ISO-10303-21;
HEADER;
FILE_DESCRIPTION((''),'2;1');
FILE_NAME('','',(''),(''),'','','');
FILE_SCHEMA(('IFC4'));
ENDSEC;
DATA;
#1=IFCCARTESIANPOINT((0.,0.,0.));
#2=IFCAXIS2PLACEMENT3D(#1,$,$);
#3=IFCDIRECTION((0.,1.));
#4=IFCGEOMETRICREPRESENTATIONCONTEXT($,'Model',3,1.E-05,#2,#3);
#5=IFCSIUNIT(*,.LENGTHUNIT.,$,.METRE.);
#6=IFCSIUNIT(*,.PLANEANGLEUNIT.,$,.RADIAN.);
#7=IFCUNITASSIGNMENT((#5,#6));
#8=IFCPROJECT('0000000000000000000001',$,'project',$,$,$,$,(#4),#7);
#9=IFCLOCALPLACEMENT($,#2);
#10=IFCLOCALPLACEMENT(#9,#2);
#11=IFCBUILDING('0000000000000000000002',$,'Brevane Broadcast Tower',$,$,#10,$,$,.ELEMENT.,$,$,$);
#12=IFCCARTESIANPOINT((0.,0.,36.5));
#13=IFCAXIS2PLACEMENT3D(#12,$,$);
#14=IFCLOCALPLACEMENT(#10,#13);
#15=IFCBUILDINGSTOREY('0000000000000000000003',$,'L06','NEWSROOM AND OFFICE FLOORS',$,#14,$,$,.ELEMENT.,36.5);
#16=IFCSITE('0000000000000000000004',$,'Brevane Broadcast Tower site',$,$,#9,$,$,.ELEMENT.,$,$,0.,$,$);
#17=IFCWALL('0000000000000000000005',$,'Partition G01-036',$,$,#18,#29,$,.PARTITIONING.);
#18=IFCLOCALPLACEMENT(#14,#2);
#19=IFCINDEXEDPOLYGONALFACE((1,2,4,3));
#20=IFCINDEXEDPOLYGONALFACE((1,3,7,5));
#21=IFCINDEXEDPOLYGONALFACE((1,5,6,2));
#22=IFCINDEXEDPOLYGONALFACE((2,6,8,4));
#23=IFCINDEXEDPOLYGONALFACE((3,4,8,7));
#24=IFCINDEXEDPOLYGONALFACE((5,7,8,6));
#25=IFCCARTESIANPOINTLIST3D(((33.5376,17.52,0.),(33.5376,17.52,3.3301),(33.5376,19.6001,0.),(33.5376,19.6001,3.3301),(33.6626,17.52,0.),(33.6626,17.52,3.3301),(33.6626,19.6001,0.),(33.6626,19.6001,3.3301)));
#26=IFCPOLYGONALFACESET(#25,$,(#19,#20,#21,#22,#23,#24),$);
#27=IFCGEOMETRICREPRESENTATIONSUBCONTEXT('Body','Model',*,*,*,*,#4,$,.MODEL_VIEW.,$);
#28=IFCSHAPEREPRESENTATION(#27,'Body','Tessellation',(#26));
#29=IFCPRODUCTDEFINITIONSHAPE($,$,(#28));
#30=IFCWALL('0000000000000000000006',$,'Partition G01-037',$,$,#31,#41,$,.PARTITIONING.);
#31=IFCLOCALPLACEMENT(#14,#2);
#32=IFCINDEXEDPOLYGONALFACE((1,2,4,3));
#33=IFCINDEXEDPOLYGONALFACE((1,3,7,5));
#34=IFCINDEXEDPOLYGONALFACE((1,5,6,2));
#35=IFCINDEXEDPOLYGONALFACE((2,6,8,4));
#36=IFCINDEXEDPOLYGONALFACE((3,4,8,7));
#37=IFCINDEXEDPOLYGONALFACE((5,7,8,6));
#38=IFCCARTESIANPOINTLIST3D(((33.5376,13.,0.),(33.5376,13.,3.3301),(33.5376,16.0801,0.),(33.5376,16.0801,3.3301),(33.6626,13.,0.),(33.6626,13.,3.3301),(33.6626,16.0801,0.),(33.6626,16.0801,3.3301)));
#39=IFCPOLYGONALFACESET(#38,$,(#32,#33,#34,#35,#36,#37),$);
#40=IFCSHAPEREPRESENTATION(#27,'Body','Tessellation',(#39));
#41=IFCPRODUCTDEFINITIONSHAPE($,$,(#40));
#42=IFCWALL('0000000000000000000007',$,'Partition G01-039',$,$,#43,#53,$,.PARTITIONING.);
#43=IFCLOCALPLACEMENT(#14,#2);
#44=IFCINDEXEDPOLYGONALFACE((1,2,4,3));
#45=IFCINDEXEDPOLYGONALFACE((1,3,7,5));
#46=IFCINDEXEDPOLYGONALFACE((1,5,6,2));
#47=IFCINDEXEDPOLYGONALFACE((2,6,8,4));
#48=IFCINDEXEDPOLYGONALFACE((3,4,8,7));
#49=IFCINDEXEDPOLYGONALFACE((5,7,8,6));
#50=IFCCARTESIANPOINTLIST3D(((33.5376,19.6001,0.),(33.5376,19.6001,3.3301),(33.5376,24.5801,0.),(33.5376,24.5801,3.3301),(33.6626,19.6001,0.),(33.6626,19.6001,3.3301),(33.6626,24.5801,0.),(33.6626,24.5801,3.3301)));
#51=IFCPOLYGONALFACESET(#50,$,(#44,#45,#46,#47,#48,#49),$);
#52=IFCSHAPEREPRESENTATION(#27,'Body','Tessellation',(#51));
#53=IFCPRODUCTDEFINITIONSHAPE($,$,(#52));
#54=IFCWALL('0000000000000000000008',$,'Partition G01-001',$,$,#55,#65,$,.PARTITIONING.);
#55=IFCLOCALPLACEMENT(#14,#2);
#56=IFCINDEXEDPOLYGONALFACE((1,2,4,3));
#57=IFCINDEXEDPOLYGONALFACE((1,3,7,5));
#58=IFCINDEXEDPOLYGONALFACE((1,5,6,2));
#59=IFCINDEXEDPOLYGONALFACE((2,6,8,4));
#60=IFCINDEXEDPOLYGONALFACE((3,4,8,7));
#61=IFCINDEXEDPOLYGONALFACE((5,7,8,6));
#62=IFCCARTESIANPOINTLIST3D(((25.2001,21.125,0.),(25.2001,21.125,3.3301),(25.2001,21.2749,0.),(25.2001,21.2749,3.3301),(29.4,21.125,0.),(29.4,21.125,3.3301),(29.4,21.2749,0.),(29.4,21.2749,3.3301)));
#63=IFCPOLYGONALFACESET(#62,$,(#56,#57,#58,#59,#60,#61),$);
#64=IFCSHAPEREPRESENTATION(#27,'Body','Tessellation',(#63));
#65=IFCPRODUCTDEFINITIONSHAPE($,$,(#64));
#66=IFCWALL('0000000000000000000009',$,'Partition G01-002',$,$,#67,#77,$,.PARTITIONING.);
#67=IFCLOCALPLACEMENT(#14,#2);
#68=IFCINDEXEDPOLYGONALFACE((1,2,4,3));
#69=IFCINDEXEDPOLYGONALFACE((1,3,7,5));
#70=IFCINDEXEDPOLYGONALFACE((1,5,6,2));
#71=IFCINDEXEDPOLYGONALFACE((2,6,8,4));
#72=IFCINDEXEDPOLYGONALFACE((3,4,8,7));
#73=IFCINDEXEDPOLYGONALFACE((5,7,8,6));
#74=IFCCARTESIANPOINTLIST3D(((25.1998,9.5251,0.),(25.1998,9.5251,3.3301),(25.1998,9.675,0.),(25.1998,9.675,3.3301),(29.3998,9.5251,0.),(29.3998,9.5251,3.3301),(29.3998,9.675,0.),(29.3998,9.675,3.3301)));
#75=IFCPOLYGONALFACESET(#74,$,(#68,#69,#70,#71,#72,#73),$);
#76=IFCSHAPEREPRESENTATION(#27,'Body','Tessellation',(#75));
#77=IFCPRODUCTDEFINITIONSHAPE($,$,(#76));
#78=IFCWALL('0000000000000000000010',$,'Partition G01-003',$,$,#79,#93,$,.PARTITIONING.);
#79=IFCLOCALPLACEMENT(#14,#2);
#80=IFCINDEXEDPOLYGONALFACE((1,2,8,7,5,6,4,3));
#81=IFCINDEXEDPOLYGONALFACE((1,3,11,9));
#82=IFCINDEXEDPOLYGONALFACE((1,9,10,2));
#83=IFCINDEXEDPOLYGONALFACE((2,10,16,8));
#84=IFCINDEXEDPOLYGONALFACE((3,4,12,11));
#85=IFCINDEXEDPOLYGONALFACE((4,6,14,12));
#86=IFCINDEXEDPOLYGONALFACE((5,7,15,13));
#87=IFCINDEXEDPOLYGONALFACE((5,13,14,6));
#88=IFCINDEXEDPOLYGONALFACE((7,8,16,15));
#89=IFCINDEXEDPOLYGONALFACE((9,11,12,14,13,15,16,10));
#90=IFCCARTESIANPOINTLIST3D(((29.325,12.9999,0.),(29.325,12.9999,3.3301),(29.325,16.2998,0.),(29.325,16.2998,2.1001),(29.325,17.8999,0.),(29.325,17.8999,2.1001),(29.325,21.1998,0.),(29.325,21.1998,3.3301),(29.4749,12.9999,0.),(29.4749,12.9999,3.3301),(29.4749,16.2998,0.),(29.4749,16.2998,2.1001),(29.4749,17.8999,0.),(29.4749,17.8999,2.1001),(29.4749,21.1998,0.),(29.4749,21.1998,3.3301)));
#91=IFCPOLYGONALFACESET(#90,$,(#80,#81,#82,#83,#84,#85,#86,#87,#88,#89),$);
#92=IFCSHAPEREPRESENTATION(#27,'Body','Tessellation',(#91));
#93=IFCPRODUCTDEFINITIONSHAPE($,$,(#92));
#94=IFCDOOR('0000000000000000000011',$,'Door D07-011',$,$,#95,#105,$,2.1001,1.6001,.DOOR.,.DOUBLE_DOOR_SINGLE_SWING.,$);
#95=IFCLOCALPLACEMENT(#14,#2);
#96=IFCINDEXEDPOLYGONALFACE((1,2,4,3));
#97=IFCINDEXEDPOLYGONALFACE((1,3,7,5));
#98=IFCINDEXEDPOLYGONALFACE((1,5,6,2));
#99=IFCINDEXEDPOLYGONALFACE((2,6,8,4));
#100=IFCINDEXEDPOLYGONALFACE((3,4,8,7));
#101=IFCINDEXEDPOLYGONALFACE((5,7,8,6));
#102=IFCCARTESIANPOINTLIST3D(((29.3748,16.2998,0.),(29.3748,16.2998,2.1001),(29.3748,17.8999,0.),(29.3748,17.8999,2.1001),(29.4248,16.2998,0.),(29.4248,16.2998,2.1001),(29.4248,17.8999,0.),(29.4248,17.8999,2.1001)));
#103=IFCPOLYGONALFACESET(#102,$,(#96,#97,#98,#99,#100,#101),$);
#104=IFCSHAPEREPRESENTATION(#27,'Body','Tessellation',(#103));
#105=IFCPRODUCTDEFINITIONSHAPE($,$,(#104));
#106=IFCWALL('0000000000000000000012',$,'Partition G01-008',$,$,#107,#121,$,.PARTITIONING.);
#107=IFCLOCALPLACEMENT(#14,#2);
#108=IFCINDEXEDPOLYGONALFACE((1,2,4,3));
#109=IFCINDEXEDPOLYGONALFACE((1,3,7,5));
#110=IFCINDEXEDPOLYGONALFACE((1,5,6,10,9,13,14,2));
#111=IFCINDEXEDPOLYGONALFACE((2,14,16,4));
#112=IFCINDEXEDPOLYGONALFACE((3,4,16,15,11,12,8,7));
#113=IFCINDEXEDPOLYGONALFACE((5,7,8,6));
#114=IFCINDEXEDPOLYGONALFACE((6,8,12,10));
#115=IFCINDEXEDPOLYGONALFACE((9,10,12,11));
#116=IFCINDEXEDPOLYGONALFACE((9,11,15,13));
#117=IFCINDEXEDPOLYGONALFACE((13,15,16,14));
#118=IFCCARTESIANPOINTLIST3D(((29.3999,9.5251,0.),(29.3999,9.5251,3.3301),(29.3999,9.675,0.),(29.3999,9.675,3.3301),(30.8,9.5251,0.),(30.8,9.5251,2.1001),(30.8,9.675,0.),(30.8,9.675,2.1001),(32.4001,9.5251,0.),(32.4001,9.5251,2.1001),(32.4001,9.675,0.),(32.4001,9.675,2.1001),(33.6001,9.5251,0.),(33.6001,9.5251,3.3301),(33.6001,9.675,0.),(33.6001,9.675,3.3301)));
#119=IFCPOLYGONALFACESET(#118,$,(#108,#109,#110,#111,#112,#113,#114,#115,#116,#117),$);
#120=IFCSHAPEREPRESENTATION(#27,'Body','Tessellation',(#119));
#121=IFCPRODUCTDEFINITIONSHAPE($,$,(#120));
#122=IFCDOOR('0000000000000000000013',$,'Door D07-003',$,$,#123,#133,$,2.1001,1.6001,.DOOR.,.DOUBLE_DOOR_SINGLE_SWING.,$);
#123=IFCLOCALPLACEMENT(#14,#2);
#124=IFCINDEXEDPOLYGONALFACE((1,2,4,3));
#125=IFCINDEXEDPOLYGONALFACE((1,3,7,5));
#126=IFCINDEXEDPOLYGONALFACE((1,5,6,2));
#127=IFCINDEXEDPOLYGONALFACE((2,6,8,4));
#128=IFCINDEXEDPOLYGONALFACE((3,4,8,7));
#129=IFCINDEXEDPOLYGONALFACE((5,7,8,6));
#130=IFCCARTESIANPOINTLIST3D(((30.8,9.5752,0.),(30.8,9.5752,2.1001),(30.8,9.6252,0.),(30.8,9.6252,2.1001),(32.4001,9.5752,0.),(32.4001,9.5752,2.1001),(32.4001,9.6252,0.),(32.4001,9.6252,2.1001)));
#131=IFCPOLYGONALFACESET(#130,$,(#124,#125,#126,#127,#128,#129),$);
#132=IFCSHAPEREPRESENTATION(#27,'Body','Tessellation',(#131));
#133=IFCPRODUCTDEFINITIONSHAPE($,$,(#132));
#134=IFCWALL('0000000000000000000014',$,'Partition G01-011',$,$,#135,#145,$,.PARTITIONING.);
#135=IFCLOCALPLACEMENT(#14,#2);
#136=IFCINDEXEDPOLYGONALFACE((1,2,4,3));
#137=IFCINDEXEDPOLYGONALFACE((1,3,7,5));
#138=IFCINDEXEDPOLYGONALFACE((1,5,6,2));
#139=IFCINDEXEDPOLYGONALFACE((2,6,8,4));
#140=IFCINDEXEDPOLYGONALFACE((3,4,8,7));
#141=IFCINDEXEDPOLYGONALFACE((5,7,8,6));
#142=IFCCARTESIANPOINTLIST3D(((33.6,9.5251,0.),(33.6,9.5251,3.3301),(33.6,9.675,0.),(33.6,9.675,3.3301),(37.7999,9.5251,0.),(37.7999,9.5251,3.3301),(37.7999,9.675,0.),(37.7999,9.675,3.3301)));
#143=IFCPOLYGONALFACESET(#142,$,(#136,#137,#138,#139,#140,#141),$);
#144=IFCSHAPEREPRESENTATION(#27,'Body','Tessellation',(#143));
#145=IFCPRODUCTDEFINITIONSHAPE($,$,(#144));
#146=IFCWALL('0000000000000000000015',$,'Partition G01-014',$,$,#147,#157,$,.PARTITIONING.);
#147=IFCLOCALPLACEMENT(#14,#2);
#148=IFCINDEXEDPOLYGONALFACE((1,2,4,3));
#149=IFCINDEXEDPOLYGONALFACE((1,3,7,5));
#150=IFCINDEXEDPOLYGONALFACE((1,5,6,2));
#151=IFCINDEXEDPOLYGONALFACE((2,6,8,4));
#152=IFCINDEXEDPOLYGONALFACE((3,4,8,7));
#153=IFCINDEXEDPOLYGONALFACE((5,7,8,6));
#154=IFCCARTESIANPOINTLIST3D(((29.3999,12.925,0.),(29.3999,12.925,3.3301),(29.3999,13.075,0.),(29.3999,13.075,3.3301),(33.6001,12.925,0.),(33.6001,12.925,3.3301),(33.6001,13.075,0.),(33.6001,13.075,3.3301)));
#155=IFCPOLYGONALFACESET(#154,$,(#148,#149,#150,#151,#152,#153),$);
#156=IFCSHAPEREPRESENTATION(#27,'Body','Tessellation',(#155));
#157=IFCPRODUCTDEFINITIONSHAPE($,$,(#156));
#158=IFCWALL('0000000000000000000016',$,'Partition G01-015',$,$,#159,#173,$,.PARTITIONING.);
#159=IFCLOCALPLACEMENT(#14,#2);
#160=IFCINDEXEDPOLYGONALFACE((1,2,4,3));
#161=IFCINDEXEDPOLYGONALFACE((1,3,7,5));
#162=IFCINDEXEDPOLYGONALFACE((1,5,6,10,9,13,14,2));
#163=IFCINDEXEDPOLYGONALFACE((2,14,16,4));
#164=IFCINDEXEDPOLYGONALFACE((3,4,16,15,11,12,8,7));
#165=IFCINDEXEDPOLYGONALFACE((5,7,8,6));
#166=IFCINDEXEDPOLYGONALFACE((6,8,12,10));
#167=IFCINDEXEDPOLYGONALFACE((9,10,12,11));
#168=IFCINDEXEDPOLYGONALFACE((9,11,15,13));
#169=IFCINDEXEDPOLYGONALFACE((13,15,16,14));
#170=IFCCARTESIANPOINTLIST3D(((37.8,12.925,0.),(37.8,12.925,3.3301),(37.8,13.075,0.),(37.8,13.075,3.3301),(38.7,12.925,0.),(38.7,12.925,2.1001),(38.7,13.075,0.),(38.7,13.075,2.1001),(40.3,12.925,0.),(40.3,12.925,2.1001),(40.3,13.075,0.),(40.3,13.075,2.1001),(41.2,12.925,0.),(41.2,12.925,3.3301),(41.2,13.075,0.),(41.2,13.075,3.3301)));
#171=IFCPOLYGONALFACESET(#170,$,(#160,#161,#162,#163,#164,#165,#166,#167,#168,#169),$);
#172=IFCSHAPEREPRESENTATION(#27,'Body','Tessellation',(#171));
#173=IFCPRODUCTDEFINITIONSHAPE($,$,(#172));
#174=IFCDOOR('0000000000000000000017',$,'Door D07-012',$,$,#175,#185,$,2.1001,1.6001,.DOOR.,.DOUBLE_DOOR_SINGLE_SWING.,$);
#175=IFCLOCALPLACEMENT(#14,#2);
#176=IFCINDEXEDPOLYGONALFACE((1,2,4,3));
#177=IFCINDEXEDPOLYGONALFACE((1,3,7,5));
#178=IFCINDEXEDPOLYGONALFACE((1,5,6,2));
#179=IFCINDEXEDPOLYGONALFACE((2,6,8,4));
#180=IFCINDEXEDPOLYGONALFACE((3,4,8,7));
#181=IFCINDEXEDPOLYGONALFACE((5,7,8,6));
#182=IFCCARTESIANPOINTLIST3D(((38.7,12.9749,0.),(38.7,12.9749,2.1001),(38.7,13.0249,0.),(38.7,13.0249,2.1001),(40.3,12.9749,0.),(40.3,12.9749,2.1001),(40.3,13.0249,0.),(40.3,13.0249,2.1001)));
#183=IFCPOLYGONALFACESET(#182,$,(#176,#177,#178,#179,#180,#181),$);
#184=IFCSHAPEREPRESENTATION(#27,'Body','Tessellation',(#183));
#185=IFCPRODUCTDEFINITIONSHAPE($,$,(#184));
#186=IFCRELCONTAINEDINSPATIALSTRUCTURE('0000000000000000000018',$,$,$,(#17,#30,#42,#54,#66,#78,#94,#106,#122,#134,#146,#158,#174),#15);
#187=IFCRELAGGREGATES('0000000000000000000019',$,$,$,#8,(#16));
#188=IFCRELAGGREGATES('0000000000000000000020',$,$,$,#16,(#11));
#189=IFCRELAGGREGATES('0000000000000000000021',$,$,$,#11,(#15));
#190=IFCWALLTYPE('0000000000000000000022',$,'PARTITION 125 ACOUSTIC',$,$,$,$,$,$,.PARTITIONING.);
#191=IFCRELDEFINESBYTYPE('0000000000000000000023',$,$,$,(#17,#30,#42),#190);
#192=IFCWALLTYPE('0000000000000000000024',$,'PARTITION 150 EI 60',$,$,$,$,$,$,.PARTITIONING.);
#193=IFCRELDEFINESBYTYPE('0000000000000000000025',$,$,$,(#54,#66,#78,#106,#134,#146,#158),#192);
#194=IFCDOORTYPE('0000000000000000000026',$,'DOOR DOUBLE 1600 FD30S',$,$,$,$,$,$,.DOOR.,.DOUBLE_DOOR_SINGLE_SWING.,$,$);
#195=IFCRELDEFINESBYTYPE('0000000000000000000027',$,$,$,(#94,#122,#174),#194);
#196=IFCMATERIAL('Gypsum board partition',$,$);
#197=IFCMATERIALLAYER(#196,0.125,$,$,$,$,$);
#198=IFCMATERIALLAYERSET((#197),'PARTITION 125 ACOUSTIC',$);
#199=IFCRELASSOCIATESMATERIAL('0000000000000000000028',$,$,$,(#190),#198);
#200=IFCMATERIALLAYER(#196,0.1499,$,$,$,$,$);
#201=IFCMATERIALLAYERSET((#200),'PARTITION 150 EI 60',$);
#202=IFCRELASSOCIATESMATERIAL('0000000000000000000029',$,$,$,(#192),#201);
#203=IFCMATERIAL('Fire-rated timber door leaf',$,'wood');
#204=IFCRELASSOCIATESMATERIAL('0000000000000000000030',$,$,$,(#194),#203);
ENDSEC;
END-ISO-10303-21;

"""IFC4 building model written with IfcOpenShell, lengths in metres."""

from ifc_helpers import new_model, si_unit, direction, frame, frame_2d, origin, place, context, subcontext, project, spatial, rectangle, extrude, material, layer, layer_set, type_object, element, fill, save


model = new_model("IFC4")

# Units and contexts
model_context = context("Model", 3, precision=1e-05, world=origin(), true_north=direction((0.0, 1.0)))
body_context = subcontext(model_context, "Body", "Model", "MODEL_VIEW")
ifc_project = project(units=[si_unit("LENGTHUNIT", "METRE"), si_unit("PLANEANGLEUNIT", "RADIAN")], contexts=[model_context])

# Site, building, storey
site_placement = place(None, origin())
site = spatial("IfcSite", under=ifc_project, at=site_placement, Name="Brevane Broadcast Tower site", CompositionType="ELEMENT", RefElevation=0.0)
building_placement = place(site_placement, origin())
building = spatial("IfcBuilding", under=site, at=building_placement, Name="Brevane Broadcast Tower", CompositionType="ELEMENT")
storey_placement = place(building_placement, frame((0.0, 0.0, 36.5)))
storey = spatial("IfcBuildingStorey", under=building, at=storey_placement, Name="L06", Description="NEWSROOM AND OFFICE FLOORS", CompositionType="ELEMENT", Elevation=36.5)

# Shared definitions
ifc_material_1 = material(Name="Gypsum board partition")

# Walls
ifc_layer_1 = layer(ifc_material_1, 0.125)
ifc_layer_set_1 = layer_set([ifc_layer_1], Name="PARTITION 125 ACOUSTIC")
wall_type_1 = type_object("IfcWallType", Name="PARTITION 125 ACOUSTIC", PredefinedType="PARTITIONING", material=ifc_layer_set_1)
wall_1_placement = place(storey_placement, frame((33.6001, 19.6001, 0.0), z_axis=(0.0, 0.0, 1.0), x_axis=(0.0, -1.0, 0.0)))
element("IfcWall", 1, at=wall_1_placement, inside=storey, type_object=wall_type_1, Name="Partition G01-036", PredefinedType="PARTITIONING", context=body_context, shape_type="SweptSolid", body=[
    extrude(rectangle(XDim=2.0801, YDim=0.125, at=frame_2d((1.04, 0.0))), origin(), (0.0, 0.0, 1.0), 3.3301),
])
wall_2_placement = place(storey_placement, frame((33.6001, 16.0801, 0.0), z_axis=(0.0, 0.0, 1.0), x_axis=(0.0, -1.0, 0.0)))
element("IfcWall", 2, at=wall_2_placement, inside=storey, type_object=wall_type_1, Name="Partition G01-037", PredefinedType="PARTITIONING", context=body_context, shape_type="SweptSolid", body=[
    extrude(rectangle(XDim=3.0801, YDim=0.125, at=frame_2d((1.54, 0.0))), origin(), (0.0, 0.0, 1.0), 3.3301),
])
wall_3_placement = place(storey_placement, frame((33.6001, 24.5801, 0.0), z_axis=(0.0, 0.0, 1.0), x_axis=(0.0, -1.0, 0.0)))
element("IfcWall", 3, at=wall_3_placement, inside=storey, type_object=wall_type_1, Name="Partition G01-039", PredefinedType="PARTITIONING", context=body_context, shape_type="SweptSolid", body=[
    extrude(rectangle(XDim=4.98, YDim=0.125, at=frame_2d((2.49, 0.0))), origin(), (0.0, 0.0, 1.0), 3.3301),
])
ifc_layer_2 = layer(ifc_material_1, 0.1499)
ifc_layer_set_2 = layer_set([ifc_layer_2], Name="PARTITION 150 EI 60")
wall_type_2 = type_object("IfcWallType", Name="PARTITION 150 EI 60", PredefinedType="PARTITIONING", material=ifc_layer_set_2)
for number, where, z_axis, x_axis, name in (
    (4, (25.2, 21.2, 0.0), (0.0, 0.0, 1.0), (1.0, 0.0, 0.0), "Partition G01-001"),
    (5, (29.3999, 9.6001, 0.0), (0.0, 0.0, 1.0), (-1.0, 0.0, 0.0), "Partition G01-002"),
):
    element("IfcWall", number, at=place(storey_placement, frame(where, z_axis=z_axis, x_axis=x_axis)), inside=storey, type_object=wall_type_2, Name=name, PredefinedType="PARTITIONING", context=body_context, shape_type="SweptSolid", body=[
        extrude(rectangle(XDim=4.2, YDim=0.1499, at=frame_2d((2.1001, 0.0))), origin(), (0.0, 0.0, 1.0), 3.3301),
    ])

# Walls, openings, doors
wall_4_placement = place(storey_placement, frame((29.3999, 21.2, 0.0), z_axis=(0.0, 0.0, 1.0), x_axis=(0.0, -1.0, 0.0)))
wall_4 = element("IfcWall", 6, at=wall_4_placement, inside=storey, type_object=wall_type_2, Name="Partition G01-003", PredefinedType="PARTITIONING", context=body_context, shape_type="SweptSolid", body=[
    extrude(rectangle(XDim=8.2, YDim=0.1499, at=frame_2d((4.1001, 0.0))), origin(), (0.0, 0.0, 1.0), 3.3301),
])
opening_1_placement = place(wall_4_placement, frame((3.3, 0.0, 0.0)))
opening_1 = element("IfcOpeningElement", 7, at=opening_1_placement, cuts=wall_4, PredefinedType="OPENING", context=body_context, shape_type="SweptSolid", body=[
    extrude(rectangle(XDim=1.6001, YDim=2.1001, at=frame_2d((0.8, 1.05))), frame((0.0, 0.085, 0.0), z_axis=(0.0, -1.0, 0.0), x_axis=(1.0, 0.0, 0.0)), (0.0, 0.0, 1.0), 0.1699),
])
ifc_material_2 = material(Name="Fire-rated timber door leaf", Category="wood")
door_type_1 = type_object("IfcDoorType", Name="DOOR DOUBLE 1600 FD30S", OperationType="DOUBLE_DOOR_SINGLE_SWING", PredefinedType="DOOR", material=ifc_material_2)
door_1_placement = place(opening_1_placement, origin())
door_1 = element("IfcDoor", 8, at=door_1_placement, inside=storey, type_object=door_type_1, Name="Door D07-011", OperationType="DOUBLE_DOOR_SINGLE_SWING", OverallHeight=2.1001, OverallWidth=1.6001, PredefinedType="DOOR", context=body_context, shape_type="SweptSolid", body=[
    extrude(rectangle(XDim=1.6001, YDim=2.1001, at=frame_2d((0.8, 1.05))), frame((0.0, 0.0249, 0.0), z_axis=(0.0, -1.0, 0.0), x_axis=(1.0, 0.0, 0.0)), (0.0, 0.0, 1.0), 0.05),
])
fill(opening_1, door_1)
wall_5_placement = place(storey_placement, frame((33.6001, 9.6001, 0.0), z_axis=(0.0, 0.0, 1.0), x_axis=(-1.0, 0.0, 0.0)))
wall_5 = element("IfcWall", 9, at=wall_5_placement, inside=storey, type_object=wall_type_2, Name="Partition G01-008", PredefinedType="PARTITIONING", context=body_context, shape_type="SweptSolid", body=[
    extrude(rectangle(XDim=4.2002, YDim=0.1499, at=frame_2d((2.1001, 0.0))), origin(), (0.0, 0.0, 1.0), 3.3301),
])
opening_2_placement = place(wall_5_placement, frame((1.2, 0.0, 0.0)))
opening_2 = element("IfcOpeningElement", 10, at=opening_2_placement, cuts=wall_5, PredefinedType="OPENING", context=body_context, shape_type="SweptSolid", body=[
    extrude(rectangle(XDim=1.6001, YDim=2.1001, at=frame_2d((0.8, 1.05))), frame((0.0, 0.085, 0.0), z_axis=(0.0, -1.0, 0.0), x_axis=(1.0, 0.0, 0.0)), (0.0, 0.0, 1.0), 0.1699),
])
door_2_placement = place(opening_2_placement, origin())
door_2 = element("IfcDoor", 11, at=door_2_placement, inside=storey, type_object=door_type_1, Name="Door D07-003", OperationType="DOUBLE_DOOR_SINGLE_SWING", OverallHeight=2.1001, OverallWidth=1.6001, PredefinedType="DOOR", context=body_context, shape_type="SweptSolid", body=[
    extrude(rectangle(XDim=1.6001, YDim=2.1001, at=frame_2d((0.8, 1.05))), frame((0.0, 0.0249, 0.0), z_axis=(0.0, -1.0, 0.0), x_axis=(1.0, 0.0, 0.0)), (0.0, 0.0, 1.0), 0.05),
])
fill(opening_2, door_2)

# Walls
wall_6_placement = place(storey_placement, frame((37.8, 9.6001, 0.0), z_axis=(0.0, 0.0, 1.0), x_axis=(-1.0, 0.0, 0.0)))
element("IfcWall", 12, at=wall_6_placement, inside=storey, type_object=wall_type_2, Name="Partition G01-011", PredefinedType="PARTITIONING", context=body_context, shape_type="SweptSolid", body=[
    extrude(rectangle(XDim=4.2, YDim=0.1499, at=frame_2d((2.1001, 0.0))), origin(), (0.0, 0.0, 1.0), 3.3301),
])
wall_7_placement = place(storey_placement, frame((29.3999, 13.0, 0.0), z_axis=(0.0, 0.0, 1.0), x_axis=(1.0, 0.0, 0.0)))
element("IfcWall", 13, at=wall_7_placement, inside=storey, type_object=wall_type_2, Name="Partition G01-014", PredefinedType="PARTITIONING", context=body_context, shape_type="SweptSolid", body=[
    extrude(rectangle(XDim=4.2002, YDim=0.1499, at=frame_2d((2.1001, 0.0))), origin(), (0.0, 0.0, 1.0), 3.3301),
])

# Wall, opening, door
wall_8_placement = place(storey_placement, frame((37.8, 13.0, 0.0), z_axis=(0.0, 0.0, 1.0), x_axis=(1.0, 0.0, 0.0)))
wall_8 = element("IfcWall", 14, at=wall_8_placement, inside=storey, type_object=wall_type_2, Name="Partition G01-015", PredefinedType="PARTITIONING", context=body_context, shape_type="SweptSolid", body=[
    extrude(rectangle(XDim=3.3999, YDim=0.1499, at=frame_2d((1.7, 0.0))), origin(), (0.0, 0.0, 1.0), 3.3301),
])
opening_3_placement = place(wall_8_placement, frame((0.8999, 0.0, 0.0)))
opening_3 = element("IfcOpeningElement", 15, at=opening_3_placement, cuts=wall_8, PredefinedType="OPENING", context=body_context, shape_type="SweptSolid", body=[
    extrude(rectangle(XDim=1.6001, YDim=2.1001, at=frame_2d((0.8, 1.05))), frame((0.0, 0.085, 0.0), z_axis=(0.0, -1.0, 0.0), x_axis=(1.0, 0.0, 0.0)), (0.0, 0.0, 1.0), 0.1699),
])
door_3_placement = place(opening_3_placement, origin())
door_3 = element("IfcDoor", 16, at=door_3_placement, inside=storey, type_object=door_type_1, Name="Door D07-012", OperationType="DOUBLE_DOOR_SINGLE_SWING", OverallHeight=2.1001, OverallWidth=1.6001, PredefinedType="DOOR", context=body_context, shape_type="SweptSolid", body=[
    extrude(rectangle(XDim=1.6001, YDim=2.1001, at=frame_2d((0.8, 1.05))), frame((0.0, 0.0249, 0.0), z_axis=(0.0, -1.0, 0.0), x_axis=(1.0, 0.0, 0.0)), (0.0, 0.0, 1.0), 0.05),
])
fill(opening_3, door_3)

save(model, "model.ifc")
